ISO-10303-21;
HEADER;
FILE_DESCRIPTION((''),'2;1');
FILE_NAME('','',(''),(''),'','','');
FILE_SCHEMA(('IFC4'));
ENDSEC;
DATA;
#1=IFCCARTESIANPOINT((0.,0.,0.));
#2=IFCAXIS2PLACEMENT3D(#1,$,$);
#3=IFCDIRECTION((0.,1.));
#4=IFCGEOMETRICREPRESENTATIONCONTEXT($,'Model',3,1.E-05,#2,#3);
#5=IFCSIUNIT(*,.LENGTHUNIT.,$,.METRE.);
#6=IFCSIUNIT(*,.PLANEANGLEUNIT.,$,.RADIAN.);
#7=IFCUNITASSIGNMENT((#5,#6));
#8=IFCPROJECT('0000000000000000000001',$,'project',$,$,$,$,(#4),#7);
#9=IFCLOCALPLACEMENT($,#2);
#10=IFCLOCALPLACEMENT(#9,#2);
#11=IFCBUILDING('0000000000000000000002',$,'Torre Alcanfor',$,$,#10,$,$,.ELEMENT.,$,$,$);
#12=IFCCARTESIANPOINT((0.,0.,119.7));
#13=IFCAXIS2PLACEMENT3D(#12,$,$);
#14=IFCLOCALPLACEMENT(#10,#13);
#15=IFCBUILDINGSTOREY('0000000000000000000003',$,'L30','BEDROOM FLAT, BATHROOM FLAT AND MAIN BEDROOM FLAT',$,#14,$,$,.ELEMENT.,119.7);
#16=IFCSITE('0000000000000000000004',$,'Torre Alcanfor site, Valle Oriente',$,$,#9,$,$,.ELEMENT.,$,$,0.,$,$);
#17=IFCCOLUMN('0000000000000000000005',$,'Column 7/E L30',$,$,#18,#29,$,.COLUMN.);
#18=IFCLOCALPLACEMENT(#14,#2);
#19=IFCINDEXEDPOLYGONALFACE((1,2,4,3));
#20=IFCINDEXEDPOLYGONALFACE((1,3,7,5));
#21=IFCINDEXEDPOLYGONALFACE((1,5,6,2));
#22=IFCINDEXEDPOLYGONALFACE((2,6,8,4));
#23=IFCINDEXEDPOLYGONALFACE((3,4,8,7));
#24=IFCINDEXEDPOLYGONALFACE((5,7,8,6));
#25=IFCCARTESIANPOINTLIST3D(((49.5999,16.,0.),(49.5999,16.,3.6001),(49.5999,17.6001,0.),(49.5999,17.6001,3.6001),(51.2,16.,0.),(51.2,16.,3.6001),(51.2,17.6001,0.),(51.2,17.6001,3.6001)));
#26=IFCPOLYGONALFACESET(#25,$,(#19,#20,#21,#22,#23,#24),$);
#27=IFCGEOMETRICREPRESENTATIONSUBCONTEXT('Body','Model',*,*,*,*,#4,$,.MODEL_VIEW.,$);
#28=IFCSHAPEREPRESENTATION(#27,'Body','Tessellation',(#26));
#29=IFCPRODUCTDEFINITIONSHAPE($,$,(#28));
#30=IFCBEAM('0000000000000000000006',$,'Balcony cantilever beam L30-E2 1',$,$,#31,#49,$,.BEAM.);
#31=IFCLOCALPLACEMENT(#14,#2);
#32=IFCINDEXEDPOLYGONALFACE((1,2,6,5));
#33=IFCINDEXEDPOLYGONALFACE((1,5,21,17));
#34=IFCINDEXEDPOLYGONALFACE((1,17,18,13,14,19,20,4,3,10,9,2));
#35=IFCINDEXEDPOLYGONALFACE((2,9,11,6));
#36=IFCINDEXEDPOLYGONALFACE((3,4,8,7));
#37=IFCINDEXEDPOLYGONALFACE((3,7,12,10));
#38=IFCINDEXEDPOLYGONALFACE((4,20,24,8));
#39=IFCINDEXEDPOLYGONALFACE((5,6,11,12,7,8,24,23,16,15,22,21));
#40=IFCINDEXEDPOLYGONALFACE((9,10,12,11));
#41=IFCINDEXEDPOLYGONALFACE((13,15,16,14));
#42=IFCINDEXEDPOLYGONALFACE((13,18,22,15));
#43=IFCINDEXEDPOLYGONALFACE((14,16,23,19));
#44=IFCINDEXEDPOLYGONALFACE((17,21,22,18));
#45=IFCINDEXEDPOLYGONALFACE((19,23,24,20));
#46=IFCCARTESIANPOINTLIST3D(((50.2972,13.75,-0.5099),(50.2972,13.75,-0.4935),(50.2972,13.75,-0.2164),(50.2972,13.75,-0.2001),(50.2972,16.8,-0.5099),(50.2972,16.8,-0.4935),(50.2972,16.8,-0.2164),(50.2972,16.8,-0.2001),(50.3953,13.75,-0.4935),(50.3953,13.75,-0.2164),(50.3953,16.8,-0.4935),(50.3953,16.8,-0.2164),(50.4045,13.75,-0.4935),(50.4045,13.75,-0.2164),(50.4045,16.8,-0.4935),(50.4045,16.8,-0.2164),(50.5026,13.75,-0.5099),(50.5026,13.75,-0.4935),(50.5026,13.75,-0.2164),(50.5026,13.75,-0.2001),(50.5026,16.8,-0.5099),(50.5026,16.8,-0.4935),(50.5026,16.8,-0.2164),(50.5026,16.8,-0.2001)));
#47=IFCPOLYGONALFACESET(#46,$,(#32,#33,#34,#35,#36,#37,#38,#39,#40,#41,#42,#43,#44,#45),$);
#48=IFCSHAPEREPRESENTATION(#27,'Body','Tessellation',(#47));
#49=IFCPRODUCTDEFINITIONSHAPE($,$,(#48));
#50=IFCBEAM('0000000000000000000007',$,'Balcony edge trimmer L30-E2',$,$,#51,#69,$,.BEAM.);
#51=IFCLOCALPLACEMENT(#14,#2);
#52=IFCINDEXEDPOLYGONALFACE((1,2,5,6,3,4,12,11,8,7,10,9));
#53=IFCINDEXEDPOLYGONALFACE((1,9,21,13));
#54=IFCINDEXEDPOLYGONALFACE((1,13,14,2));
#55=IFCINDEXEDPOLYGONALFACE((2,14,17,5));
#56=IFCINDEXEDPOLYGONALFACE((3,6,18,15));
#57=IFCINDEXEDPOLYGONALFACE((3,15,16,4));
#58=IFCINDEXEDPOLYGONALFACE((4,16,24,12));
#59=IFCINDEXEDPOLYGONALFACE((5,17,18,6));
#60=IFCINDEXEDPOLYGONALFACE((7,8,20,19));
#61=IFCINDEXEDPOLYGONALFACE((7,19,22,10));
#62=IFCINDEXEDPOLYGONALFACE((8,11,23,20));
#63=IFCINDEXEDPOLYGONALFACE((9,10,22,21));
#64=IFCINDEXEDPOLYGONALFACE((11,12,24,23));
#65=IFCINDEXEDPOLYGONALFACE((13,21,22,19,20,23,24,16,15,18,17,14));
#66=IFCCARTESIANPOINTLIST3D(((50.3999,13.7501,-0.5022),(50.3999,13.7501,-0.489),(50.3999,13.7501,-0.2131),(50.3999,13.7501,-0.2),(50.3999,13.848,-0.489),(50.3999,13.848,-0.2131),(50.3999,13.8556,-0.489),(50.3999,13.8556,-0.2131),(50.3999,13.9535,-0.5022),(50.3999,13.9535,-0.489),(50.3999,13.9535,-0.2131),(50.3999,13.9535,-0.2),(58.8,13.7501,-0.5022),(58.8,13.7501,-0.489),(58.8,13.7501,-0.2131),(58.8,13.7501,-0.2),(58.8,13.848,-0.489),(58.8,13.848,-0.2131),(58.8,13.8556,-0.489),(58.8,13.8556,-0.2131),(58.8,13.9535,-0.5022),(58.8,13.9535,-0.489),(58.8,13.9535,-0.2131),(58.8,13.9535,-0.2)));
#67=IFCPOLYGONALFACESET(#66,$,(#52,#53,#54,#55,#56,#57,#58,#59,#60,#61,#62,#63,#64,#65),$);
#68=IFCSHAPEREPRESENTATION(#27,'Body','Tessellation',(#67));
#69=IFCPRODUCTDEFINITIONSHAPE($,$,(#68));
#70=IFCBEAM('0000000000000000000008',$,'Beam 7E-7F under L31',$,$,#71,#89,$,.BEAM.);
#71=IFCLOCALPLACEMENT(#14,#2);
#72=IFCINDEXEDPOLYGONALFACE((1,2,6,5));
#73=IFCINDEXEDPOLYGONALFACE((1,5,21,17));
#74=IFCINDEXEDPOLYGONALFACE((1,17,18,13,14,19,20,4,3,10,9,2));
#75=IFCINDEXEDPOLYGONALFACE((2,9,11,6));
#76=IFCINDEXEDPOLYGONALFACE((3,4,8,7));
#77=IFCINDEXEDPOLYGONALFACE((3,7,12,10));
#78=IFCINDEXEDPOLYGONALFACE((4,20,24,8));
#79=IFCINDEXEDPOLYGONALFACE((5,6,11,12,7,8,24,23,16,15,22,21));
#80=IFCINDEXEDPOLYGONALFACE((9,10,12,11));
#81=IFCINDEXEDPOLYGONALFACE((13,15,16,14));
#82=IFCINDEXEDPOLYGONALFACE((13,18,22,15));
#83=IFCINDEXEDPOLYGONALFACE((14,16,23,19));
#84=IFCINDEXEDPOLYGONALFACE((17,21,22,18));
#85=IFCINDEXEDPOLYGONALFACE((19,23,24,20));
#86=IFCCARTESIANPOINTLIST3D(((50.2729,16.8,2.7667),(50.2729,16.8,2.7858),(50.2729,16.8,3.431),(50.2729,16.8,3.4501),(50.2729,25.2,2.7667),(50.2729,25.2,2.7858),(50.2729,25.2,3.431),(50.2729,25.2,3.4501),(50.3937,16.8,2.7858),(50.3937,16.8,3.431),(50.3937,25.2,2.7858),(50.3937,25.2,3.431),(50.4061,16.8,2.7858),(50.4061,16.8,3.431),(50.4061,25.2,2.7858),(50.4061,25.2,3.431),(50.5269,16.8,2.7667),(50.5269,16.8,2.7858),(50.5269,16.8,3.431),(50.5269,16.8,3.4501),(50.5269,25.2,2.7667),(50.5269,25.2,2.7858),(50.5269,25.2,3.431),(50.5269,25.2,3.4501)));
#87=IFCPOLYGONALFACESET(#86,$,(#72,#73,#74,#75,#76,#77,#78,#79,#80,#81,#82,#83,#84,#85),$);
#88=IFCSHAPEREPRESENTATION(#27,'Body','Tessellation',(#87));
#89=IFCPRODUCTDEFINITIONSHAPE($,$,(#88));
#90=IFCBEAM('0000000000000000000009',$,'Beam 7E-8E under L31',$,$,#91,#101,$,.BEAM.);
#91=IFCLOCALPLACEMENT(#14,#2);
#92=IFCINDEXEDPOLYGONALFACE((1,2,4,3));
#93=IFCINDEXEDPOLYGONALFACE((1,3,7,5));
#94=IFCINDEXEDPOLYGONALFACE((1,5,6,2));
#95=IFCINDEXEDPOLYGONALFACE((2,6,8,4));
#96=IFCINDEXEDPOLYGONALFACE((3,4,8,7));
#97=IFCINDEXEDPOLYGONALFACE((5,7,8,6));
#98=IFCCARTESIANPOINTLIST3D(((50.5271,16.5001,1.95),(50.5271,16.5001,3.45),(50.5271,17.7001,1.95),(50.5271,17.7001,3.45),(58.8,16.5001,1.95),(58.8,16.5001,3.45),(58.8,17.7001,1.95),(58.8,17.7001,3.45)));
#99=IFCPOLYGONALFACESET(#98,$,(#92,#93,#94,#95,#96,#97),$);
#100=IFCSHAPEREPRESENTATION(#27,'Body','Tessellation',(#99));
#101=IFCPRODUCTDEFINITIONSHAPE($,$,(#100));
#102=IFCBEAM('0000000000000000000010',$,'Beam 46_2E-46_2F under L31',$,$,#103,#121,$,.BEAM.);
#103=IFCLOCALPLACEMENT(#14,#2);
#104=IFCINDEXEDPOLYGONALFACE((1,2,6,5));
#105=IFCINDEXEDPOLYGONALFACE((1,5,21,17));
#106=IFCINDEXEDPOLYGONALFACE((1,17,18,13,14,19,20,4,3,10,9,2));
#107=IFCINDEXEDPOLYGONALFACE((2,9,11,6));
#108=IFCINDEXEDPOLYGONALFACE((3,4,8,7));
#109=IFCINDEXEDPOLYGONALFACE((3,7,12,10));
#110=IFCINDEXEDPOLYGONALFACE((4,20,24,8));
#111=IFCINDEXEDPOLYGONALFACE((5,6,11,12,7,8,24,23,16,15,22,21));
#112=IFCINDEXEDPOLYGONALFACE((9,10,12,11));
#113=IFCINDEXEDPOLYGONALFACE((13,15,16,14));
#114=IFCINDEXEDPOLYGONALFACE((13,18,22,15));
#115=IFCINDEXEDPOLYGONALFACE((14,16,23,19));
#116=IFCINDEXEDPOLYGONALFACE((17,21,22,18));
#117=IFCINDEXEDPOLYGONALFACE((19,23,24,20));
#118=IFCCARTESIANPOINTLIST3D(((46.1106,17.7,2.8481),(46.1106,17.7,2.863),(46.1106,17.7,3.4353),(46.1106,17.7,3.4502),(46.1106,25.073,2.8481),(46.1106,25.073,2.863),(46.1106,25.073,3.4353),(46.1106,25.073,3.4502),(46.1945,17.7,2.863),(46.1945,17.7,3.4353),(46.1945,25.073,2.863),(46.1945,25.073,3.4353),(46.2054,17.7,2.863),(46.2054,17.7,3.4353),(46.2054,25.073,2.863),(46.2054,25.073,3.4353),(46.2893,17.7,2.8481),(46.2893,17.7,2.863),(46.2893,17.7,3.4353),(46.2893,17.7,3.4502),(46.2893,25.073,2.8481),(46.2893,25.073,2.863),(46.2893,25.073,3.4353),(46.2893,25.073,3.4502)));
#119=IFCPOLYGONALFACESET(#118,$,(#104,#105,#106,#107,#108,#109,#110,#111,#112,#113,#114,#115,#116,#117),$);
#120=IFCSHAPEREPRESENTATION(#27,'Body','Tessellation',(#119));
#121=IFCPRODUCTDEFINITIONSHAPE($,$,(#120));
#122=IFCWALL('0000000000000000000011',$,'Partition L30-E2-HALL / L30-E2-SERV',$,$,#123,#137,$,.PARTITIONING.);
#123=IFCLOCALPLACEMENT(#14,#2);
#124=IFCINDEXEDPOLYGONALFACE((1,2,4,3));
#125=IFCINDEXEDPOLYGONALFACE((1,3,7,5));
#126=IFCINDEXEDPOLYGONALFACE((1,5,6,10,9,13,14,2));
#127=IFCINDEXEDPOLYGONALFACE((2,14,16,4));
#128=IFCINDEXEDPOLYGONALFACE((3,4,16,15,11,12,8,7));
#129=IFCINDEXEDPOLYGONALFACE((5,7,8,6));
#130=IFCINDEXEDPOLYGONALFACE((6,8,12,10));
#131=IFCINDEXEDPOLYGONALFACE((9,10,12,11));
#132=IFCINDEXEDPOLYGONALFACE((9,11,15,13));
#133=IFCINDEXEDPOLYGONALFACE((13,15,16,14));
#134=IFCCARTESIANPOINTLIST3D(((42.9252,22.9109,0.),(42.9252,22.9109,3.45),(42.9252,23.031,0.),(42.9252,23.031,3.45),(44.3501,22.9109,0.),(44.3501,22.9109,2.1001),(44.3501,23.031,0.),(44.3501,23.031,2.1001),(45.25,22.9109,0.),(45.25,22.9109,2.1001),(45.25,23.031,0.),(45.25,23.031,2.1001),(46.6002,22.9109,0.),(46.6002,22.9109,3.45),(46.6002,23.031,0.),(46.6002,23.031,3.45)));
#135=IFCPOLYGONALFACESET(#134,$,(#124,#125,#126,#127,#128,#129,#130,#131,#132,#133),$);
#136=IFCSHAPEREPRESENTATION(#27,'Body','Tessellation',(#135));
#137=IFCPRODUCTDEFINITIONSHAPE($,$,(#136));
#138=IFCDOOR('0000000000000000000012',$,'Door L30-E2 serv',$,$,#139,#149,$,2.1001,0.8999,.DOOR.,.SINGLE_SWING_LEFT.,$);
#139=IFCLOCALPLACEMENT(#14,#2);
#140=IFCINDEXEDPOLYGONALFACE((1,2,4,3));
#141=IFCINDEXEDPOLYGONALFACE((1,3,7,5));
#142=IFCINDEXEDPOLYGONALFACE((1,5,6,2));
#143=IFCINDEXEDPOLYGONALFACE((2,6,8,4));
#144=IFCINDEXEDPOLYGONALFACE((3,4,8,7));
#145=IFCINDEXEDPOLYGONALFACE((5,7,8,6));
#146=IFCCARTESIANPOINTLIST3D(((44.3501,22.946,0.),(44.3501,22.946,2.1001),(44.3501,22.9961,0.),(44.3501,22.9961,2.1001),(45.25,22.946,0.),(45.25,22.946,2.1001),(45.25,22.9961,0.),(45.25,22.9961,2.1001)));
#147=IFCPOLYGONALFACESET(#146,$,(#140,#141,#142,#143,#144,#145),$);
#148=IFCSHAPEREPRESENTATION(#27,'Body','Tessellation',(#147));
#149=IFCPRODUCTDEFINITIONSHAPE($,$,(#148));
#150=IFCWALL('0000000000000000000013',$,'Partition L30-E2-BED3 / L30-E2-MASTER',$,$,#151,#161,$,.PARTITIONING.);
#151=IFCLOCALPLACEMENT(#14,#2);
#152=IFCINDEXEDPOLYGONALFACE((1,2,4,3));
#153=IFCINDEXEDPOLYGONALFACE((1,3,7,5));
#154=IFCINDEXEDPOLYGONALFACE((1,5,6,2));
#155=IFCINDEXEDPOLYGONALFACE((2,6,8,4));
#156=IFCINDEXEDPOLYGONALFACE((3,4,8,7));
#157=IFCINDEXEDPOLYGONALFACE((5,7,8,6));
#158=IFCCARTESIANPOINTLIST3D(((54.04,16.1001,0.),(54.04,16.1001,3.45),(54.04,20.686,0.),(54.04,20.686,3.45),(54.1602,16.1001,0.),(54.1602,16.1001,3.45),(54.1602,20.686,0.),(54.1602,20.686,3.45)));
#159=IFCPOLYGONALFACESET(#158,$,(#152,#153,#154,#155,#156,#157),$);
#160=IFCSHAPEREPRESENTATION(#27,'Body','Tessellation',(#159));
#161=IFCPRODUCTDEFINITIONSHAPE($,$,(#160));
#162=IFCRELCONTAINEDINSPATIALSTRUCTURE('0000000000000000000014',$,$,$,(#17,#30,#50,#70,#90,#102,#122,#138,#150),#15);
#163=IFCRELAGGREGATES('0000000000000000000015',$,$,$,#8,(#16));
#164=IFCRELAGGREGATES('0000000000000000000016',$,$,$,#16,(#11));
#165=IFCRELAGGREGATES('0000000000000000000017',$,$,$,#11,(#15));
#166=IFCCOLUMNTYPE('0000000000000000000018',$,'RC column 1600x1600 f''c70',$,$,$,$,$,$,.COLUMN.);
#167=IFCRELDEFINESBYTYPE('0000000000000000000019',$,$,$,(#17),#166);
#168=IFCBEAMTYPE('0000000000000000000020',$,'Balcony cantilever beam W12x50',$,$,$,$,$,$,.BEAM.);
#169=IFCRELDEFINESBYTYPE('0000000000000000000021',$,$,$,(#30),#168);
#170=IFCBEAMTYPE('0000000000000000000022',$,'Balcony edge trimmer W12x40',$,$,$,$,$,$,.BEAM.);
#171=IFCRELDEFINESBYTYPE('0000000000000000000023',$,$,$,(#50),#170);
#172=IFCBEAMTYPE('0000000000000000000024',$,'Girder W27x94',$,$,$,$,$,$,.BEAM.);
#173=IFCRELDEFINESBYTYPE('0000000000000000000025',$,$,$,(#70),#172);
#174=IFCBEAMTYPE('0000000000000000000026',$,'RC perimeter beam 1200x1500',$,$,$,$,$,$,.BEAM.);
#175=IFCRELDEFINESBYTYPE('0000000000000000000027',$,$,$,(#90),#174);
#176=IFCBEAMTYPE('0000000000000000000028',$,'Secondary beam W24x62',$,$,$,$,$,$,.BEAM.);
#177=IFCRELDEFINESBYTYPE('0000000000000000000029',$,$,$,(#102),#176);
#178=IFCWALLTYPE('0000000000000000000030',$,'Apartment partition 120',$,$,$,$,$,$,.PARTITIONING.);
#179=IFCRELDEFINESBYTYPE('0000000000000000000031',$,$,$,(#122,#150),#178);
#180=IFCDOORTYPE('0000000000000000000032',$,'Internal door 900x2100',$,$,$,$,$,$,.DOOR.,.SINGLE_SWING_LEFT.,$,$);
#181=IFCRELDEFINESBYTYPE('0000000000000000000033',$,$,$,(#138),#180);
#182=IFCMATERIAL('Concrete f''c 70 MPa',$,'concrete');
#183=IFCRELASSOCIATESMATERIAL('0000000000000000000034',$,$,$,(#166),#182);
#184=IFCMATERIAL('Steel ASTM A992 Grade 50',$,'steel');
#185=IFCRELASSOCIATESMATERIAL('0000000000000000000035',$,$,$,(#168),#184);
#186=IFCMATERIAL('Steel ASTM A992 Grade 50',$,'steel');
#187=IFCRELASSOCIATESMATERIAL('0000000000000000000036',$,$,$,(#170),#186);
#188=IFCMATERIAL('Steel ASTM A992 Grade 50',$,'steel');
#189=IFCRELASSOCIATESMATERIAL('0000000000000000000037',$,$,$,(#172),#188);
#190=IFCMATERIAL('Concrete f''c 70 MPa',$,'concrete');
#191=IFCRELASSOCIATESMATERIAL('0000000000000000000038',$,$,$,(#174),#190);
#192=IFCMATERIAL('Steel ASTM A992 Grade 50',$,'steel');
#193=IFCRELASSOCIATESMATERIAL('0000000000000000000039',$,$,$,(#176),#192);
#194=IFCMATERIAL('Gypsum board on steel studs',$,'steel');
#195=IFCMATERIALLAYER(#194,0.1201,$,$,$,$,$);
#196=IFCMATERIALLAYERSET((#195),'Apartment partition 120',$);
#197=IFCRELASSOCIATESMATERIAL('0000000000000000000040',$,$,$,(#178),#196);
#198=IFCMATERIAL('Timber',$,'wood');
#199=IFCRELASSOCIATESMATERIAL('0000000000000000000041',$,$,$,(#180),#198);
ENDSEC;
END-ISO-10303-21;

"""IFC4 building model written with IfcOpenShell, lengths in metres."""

from ifc_helpers import new_model, si_unit, direction, frame, frame_2d, origin, origin_2d, place, context, subcontext, project, spatial, rectangle, i_section, extrude, material, layer, layer_set, material_profile, profile_set, type_object, element, fill, save


model = new_model("IFC4")

# Units and contexts
model_context = context("Model", 3, precision=1e-05, world=origin(), true_north=direction((0.0, 1.0)))
body_context = subcontext(model_context, "Body", "Model", "MODEL_VIEW")
ifc_project = project(units=[si_unit("LENGTHUNIT", "METRE"), si_unit("PLANEANGLEUNIT", "RADIAN")], contexts=[model_context])

# Site, building, storey
site_placement = place(None, origin())
site = spatial("IfcSite", under=ifc_project, at=site_placement, Name="Torre Alcanfor site, Valle Oriente", CompositionType="ELEMENT", RefElevation=0.0)
building_placement = place(site_placement, origin())
building = spatial("IfcBuilding", under=site, at=building_placement, Name="Torre Alcanfor", CompositionType="ELEMENT")
storey_placement = place(building_placement, frame((0.0, 0.0, 119.7)))
storey = spatial("IfcBuildingStorey", under=building, at=storey_placement, Name="L30", Description="BEDROOM FLAT, BATHROOM FLAT AND MAIN BEDROOM FLAT", CompositionType="ELEMENT", Elevation=119.7)

# Column
ifc_material_1 = material(Name="Concrete f'c 70 MPa", Category="concrete")
ifc_material_profile_1 = material_profile(ifc_material_1, rectangle(XDim=1.6001, YDim=1.6001, at=origin_2d()), Name="1600x1600")
ifc_profile_set_1 = profile_set([ifc_material_profile_1], Name="Concrete f'c 70 MPa")
column_type = type_object("IfcColumnType", Name="RC column 1600x1600 f'c70", PredefinedType="COLUMN", material=ifc_profile_set_1)
column_placement = place(storey_placement, frame((50.3999, 16.8, 0.0), z_axis=(0.0, 0.0, 1.0), x_axis=(1.0, 0.0, 0.0)))
element("IfcColumn", 1, at=column_placement, inside=storey, type_object=column_type, Name="Column 7/E L30", PredefinedType="COLUMN", context=body_context, shape_type="SweptSolid", body=[
    extrude(rectangle(XDim=1.6001, YDim=1.6001, at=origin_2d()), origin(), (0.0, 0.0, 1.0), 3.6001),
])

# Beams
ifc_material_2 = material(Name="Steel ASTM A992 Grade 50", Category="steel")
ifc_material_profile_2 = material_profile(ifc_material_2, i_section(OverallWidth=0.2053, OverallDepth=0.3098, WebThickness=0.0093, FlangeThickness=0.0164, at=origin_2d()), Name="W12x50")
ifc_profile_set_2 = profile_set([ifc_material_profile_2], Name="Steel ASTM A992 Grade 50")
beam_type_1 = type_object("IfcBeamType", Name="Balcony cantilever beam W12x50", PredefinedType="BEAM", material=ifc_profile_set_2)
beam_1_placement = place(storey_placement, frame((50.3999, 16.8, -0.355), z_axis=(0.0, -1.0, 0.0), x_axis=(1.0, 0.0, 0.0)))
element("IfcBeam", 2, at=beam_1_placement, inside=storey, type_object=beam_type_1, Name="Balcony cantilever beam L30-E2 1", PredefinedType="BEAM", context=body_context, shape_type="SweptSolid", body=[
    extrude(i_section(OverallWidth=0.2053, OverallDepth=0.3098, WebThickness=0.0093, FlangeThickness=0.0164, at=origin_2d()), origin(), (0.0, 0.0, 1.0), 3.05),
])
ifc_material_3 = material(Name="Steel ASTM A992 Grade 50", Category="steel")
ifc_material_profile_3 = material_profile(ifc_material_3, i_section(OverallWidth=0.2034, OverallDepth=0.3022, WebThickness=0.0076, FlangeThickness=0.0132, at=origin_2d()), Name="W12x40")
ifc_profile_set_3 = profile_set([ifc_material_profile_3], Name="Steel ASTM A992 Grade 50")
beam_type_2 = type_object("IfcBeamType", Name="Balcony edge trimmer W12x40", PredefinedType="BEAM", material=ifc_profile_set_3)
beam_2_placement = place(storey_placement, frame((50.3999, 13.8518, -0.3511), z_axis=(1.0, 0.0, 0.0), x_axis=(0.0, 1.0, 0.0)))
element("IfcBeam", 3, at=beam_2_placement, inside=storey, type_object=beam_type_2, Name="Balcony edge trimmer L30-E2", PredefinedType="BEAM", context=body_context, shape_type="SweptSolid", body=[
    extrude(i_section(OverallWidth=0.2034, OverallDepth=0.3022, WebThickness=0.0076, FlangeThickness=0.0132, at=origin_2d()), origin(), (0.0, 0.0, 1.0), 8.4001),
])
ifc_material_4 = material(Name="Steel ASTM A992 Grade 50", Category="steel")
ifc_material_profile_4 = material_profile(ifc_material_4, i_section(OverallWidth=0.2539, OverallDepth=0.6833, WebThickness=0.0125, FlangeThickness=0.019, at=origin_2d()), Name="W27x94")
ifc_profile_set_4 = profile_set([ifc_material_profile_4], Name="Steel ASTM A992 Grade 50")
beam_type_3 = type_object("IfcBeamType", Name="Girder W27x94", PredefinedType="BEAM", material=ifc_profile_set_4)
beam_3_placement = place(storey_placement, frame((50.3999, 16.8, 3.1084), z_axis=(0.0, 1.0, 0.0), x_axis=(-1.0, 0.0, 0.0)))
element("IfcBeam", 4, at=beam_3_placement, inside=storey, type_object=beam_type_3, Name="Beam 7E-7F under L31", PredefinedType="BEAM", context=body_context, shape_type="SweptSolid", body=[
    extrude(i_section(OverallWidth=0.2539, OverallDepth=0.6833, WebThickness=0.0125, FlangeThickness=0.019, at=origin_2d()), origin(), (0.0, 0.0, 1.0), 8.3999),
])
ifc_material_5 = material(Name="Concrete f'c 70 MPa", Category="concrete")
ifc_material_profile_5 = material_profile(ifc_material_5, rectangle(XDim=1.2, YDim=1.5, at=origin_2d()), Name="1200x1500")
ifc_profile_set_5 = profile_set([ifc_material_profile_5], Name="Concrete f'c 70 MPa")
beam_type_4 = type_object("IfcBeamType", Name="RC perimeter beam 1200x1500", PredefinedType="BEAM", material=ifc_profile_set_5)
beam_4_placement = place(storey_placement, frame((50.5271, 17.1001, 2.7), z_axis=(1.0, 0.0, 0.0), x_axis=(0.0, 1.0, 0.0)))
element("IfcBeam", 5, at=beam_4_placement, inside=storey, type_object=beam_type_4, Name="Beam 7E-8E under L31", PredefinedType="BEAM", context=body_context, shape_type="SweptSolid", body=[
    extrude(rectangle(XDim=1.2, YDim=1.5, at=origin_2d()), origin(), (0.0, 0.0, 1.0), 8.2729),
])
ifc_material_6 = material(Name="Steel ASTM A992 Grade 50", Category="steel")
ifc_material_profile_6 = material_profile(ifc_material_6, i_section(OverallWidth=0.1787, OverallDepth=0.6021, WebThickness=0.011, FlangeThickness=0.0149, at=origin_2d()), Name="W24x62")
ifc_profile_set_6 = profile_set([ifc_material_profile_6], Name="Steel ASTM A992 Grade 50")
beam_type_5 = type_object("IfcBeamType", Name="Secondary beam W24x62", PredefinedType="BEAM", material=ifc_profile_set_6)
beam_5_placement = place(storey_placement, frame((46.2, 17.7, 3.1492), z_axis=(0.0, 1.0, 0.0), x_axis=(-1.0, 0.0, 0.0)))
element("IfcBeam", 6, at=beam_5_placement, inside=storey, type_object=beam_type_5, Name="Beam 46_2E-46_2F under L31", PredefinedType="BEAM", context=body_context, shape_type="SweptSolid", body=[
    extrude(i_section(OverallWidth=0.1787, OverallDepth=0.6021, WebThickness=0.011, FlangeThickness=0.0149, at=origin_2d()), origin(), (0.0, 0.0, 1.0), 7.373),
])

# Wall, opening, door
ifc_material_7 = material(Name="Gypsum board on steel studs", Category="steel")
ifc_layer_1 = layer(ifc_material_7, 0.1201)
ifc_layer_set_1 = layer_set([ifc_layer_1], Name="Apartment partition 120")
wall_type_1 = type_object("IfcWallType", Name="Apartment partition 120", PredefinedType="PARTITIONING", material=ifc_layer_set_1)
wall_1_placement = place(storey_placement, frame((46.6001, 22.9709, 0.0), z_axis=(0.0, 0.0, 1.0), x_axis=(-1.0, 0.0, 0.0)))
wall_1 = element("IfcWall", 7, at=wall_1_placement, inside=storey, type_object=wall_type_1, Name="Partition L30-E2-HALL / L30-E2-SERV", PredefinedType="PARTITIONING", context=body_context, shape_type="SweptSolid", body=[
    extrude(rectangle(XDim=3.675, YDim=0.1201, at=frame_2d((1.8374, 0.0))), origin(), (0.0, 0.0, 1.0), 3.45),
])
opening_1_placement = place(wall_1_placement, frame((1.3501, 0.0, 0.0)))
opening_1 = element("IfcOpeningElement", 8, at=opening_1_placement, cuts=wall_1, PredefinedType="OPENING", context=body_context, shape_type="SweptSolid", body=[
    extrude(rectangle(XDim=0.8999, YDim=2.1001, at=frame_2d((0.45, 1.05))), frame((0.0, 0.0701, 0.0), z_axis=(0.0, -1.0, 0.0), x_axis=(1.0, 0.0, 0.0)), (0.0, 0.0, 1.0), 0.1401),
])
ifc_material_8 = material(Name="Timber", Category="wood")
door_type_1 = type_object("IfcDoorType", Name="Internal door 900x2100", OperationType="SINGLE_SWING_LEFT", PredefinedType="DOOR", material=ifc_material_8)
door_1_placement = place(opening_1_placement, origin())
door_1 = element("IfcDoor", 9, at=door_1_placement, inside=storey, type_object=door_type_1, Name="Door L30-E2 serv", OperationType="SINGLE_SWING_LEFT", OverallHeight=2.1001, OverallWidth=0.8999, PredefinedType="DOOR", context=body_context, shape_type="SweptSolid", body=[
    extrude(rectangle(XDim=0.8999, YDim=2.1001, at=frame_2d((0.45, 1.05))), frame((0.0, 0.0249, 0.0), z_axis=(0.0, -1.0, 0.0), x_axis=(1.0, 0.0, 0.0)), (0.0, 0.0, 1.0), 0.05),
])
fill(opening_1, door_1)

# Wall
wall_2_placement = place(storey_placement, frame((54.1001, 20.686, 0.0), z_axis=(0.0, 0.0, 1.0), x_axis=(0.0, -1.0, 0.0)))
element("IfcWall", 10, at=wall_2_placement, inside=storey, type_object=wall_type_1, Name="Partition L30-E2-BED3 / L30-E2-MASTER", PredefinedType="PARTITIONING", context=body_context, shape_type="SweptSolid", body=[
    extrude(rectangle(XDim=4.5859, YDim=0.1201, at=frame_2d((2.293, 0.0))), origin(), (0.0, 0.0, 1.0), 3.45),
])

save(model, "model.ifc")
